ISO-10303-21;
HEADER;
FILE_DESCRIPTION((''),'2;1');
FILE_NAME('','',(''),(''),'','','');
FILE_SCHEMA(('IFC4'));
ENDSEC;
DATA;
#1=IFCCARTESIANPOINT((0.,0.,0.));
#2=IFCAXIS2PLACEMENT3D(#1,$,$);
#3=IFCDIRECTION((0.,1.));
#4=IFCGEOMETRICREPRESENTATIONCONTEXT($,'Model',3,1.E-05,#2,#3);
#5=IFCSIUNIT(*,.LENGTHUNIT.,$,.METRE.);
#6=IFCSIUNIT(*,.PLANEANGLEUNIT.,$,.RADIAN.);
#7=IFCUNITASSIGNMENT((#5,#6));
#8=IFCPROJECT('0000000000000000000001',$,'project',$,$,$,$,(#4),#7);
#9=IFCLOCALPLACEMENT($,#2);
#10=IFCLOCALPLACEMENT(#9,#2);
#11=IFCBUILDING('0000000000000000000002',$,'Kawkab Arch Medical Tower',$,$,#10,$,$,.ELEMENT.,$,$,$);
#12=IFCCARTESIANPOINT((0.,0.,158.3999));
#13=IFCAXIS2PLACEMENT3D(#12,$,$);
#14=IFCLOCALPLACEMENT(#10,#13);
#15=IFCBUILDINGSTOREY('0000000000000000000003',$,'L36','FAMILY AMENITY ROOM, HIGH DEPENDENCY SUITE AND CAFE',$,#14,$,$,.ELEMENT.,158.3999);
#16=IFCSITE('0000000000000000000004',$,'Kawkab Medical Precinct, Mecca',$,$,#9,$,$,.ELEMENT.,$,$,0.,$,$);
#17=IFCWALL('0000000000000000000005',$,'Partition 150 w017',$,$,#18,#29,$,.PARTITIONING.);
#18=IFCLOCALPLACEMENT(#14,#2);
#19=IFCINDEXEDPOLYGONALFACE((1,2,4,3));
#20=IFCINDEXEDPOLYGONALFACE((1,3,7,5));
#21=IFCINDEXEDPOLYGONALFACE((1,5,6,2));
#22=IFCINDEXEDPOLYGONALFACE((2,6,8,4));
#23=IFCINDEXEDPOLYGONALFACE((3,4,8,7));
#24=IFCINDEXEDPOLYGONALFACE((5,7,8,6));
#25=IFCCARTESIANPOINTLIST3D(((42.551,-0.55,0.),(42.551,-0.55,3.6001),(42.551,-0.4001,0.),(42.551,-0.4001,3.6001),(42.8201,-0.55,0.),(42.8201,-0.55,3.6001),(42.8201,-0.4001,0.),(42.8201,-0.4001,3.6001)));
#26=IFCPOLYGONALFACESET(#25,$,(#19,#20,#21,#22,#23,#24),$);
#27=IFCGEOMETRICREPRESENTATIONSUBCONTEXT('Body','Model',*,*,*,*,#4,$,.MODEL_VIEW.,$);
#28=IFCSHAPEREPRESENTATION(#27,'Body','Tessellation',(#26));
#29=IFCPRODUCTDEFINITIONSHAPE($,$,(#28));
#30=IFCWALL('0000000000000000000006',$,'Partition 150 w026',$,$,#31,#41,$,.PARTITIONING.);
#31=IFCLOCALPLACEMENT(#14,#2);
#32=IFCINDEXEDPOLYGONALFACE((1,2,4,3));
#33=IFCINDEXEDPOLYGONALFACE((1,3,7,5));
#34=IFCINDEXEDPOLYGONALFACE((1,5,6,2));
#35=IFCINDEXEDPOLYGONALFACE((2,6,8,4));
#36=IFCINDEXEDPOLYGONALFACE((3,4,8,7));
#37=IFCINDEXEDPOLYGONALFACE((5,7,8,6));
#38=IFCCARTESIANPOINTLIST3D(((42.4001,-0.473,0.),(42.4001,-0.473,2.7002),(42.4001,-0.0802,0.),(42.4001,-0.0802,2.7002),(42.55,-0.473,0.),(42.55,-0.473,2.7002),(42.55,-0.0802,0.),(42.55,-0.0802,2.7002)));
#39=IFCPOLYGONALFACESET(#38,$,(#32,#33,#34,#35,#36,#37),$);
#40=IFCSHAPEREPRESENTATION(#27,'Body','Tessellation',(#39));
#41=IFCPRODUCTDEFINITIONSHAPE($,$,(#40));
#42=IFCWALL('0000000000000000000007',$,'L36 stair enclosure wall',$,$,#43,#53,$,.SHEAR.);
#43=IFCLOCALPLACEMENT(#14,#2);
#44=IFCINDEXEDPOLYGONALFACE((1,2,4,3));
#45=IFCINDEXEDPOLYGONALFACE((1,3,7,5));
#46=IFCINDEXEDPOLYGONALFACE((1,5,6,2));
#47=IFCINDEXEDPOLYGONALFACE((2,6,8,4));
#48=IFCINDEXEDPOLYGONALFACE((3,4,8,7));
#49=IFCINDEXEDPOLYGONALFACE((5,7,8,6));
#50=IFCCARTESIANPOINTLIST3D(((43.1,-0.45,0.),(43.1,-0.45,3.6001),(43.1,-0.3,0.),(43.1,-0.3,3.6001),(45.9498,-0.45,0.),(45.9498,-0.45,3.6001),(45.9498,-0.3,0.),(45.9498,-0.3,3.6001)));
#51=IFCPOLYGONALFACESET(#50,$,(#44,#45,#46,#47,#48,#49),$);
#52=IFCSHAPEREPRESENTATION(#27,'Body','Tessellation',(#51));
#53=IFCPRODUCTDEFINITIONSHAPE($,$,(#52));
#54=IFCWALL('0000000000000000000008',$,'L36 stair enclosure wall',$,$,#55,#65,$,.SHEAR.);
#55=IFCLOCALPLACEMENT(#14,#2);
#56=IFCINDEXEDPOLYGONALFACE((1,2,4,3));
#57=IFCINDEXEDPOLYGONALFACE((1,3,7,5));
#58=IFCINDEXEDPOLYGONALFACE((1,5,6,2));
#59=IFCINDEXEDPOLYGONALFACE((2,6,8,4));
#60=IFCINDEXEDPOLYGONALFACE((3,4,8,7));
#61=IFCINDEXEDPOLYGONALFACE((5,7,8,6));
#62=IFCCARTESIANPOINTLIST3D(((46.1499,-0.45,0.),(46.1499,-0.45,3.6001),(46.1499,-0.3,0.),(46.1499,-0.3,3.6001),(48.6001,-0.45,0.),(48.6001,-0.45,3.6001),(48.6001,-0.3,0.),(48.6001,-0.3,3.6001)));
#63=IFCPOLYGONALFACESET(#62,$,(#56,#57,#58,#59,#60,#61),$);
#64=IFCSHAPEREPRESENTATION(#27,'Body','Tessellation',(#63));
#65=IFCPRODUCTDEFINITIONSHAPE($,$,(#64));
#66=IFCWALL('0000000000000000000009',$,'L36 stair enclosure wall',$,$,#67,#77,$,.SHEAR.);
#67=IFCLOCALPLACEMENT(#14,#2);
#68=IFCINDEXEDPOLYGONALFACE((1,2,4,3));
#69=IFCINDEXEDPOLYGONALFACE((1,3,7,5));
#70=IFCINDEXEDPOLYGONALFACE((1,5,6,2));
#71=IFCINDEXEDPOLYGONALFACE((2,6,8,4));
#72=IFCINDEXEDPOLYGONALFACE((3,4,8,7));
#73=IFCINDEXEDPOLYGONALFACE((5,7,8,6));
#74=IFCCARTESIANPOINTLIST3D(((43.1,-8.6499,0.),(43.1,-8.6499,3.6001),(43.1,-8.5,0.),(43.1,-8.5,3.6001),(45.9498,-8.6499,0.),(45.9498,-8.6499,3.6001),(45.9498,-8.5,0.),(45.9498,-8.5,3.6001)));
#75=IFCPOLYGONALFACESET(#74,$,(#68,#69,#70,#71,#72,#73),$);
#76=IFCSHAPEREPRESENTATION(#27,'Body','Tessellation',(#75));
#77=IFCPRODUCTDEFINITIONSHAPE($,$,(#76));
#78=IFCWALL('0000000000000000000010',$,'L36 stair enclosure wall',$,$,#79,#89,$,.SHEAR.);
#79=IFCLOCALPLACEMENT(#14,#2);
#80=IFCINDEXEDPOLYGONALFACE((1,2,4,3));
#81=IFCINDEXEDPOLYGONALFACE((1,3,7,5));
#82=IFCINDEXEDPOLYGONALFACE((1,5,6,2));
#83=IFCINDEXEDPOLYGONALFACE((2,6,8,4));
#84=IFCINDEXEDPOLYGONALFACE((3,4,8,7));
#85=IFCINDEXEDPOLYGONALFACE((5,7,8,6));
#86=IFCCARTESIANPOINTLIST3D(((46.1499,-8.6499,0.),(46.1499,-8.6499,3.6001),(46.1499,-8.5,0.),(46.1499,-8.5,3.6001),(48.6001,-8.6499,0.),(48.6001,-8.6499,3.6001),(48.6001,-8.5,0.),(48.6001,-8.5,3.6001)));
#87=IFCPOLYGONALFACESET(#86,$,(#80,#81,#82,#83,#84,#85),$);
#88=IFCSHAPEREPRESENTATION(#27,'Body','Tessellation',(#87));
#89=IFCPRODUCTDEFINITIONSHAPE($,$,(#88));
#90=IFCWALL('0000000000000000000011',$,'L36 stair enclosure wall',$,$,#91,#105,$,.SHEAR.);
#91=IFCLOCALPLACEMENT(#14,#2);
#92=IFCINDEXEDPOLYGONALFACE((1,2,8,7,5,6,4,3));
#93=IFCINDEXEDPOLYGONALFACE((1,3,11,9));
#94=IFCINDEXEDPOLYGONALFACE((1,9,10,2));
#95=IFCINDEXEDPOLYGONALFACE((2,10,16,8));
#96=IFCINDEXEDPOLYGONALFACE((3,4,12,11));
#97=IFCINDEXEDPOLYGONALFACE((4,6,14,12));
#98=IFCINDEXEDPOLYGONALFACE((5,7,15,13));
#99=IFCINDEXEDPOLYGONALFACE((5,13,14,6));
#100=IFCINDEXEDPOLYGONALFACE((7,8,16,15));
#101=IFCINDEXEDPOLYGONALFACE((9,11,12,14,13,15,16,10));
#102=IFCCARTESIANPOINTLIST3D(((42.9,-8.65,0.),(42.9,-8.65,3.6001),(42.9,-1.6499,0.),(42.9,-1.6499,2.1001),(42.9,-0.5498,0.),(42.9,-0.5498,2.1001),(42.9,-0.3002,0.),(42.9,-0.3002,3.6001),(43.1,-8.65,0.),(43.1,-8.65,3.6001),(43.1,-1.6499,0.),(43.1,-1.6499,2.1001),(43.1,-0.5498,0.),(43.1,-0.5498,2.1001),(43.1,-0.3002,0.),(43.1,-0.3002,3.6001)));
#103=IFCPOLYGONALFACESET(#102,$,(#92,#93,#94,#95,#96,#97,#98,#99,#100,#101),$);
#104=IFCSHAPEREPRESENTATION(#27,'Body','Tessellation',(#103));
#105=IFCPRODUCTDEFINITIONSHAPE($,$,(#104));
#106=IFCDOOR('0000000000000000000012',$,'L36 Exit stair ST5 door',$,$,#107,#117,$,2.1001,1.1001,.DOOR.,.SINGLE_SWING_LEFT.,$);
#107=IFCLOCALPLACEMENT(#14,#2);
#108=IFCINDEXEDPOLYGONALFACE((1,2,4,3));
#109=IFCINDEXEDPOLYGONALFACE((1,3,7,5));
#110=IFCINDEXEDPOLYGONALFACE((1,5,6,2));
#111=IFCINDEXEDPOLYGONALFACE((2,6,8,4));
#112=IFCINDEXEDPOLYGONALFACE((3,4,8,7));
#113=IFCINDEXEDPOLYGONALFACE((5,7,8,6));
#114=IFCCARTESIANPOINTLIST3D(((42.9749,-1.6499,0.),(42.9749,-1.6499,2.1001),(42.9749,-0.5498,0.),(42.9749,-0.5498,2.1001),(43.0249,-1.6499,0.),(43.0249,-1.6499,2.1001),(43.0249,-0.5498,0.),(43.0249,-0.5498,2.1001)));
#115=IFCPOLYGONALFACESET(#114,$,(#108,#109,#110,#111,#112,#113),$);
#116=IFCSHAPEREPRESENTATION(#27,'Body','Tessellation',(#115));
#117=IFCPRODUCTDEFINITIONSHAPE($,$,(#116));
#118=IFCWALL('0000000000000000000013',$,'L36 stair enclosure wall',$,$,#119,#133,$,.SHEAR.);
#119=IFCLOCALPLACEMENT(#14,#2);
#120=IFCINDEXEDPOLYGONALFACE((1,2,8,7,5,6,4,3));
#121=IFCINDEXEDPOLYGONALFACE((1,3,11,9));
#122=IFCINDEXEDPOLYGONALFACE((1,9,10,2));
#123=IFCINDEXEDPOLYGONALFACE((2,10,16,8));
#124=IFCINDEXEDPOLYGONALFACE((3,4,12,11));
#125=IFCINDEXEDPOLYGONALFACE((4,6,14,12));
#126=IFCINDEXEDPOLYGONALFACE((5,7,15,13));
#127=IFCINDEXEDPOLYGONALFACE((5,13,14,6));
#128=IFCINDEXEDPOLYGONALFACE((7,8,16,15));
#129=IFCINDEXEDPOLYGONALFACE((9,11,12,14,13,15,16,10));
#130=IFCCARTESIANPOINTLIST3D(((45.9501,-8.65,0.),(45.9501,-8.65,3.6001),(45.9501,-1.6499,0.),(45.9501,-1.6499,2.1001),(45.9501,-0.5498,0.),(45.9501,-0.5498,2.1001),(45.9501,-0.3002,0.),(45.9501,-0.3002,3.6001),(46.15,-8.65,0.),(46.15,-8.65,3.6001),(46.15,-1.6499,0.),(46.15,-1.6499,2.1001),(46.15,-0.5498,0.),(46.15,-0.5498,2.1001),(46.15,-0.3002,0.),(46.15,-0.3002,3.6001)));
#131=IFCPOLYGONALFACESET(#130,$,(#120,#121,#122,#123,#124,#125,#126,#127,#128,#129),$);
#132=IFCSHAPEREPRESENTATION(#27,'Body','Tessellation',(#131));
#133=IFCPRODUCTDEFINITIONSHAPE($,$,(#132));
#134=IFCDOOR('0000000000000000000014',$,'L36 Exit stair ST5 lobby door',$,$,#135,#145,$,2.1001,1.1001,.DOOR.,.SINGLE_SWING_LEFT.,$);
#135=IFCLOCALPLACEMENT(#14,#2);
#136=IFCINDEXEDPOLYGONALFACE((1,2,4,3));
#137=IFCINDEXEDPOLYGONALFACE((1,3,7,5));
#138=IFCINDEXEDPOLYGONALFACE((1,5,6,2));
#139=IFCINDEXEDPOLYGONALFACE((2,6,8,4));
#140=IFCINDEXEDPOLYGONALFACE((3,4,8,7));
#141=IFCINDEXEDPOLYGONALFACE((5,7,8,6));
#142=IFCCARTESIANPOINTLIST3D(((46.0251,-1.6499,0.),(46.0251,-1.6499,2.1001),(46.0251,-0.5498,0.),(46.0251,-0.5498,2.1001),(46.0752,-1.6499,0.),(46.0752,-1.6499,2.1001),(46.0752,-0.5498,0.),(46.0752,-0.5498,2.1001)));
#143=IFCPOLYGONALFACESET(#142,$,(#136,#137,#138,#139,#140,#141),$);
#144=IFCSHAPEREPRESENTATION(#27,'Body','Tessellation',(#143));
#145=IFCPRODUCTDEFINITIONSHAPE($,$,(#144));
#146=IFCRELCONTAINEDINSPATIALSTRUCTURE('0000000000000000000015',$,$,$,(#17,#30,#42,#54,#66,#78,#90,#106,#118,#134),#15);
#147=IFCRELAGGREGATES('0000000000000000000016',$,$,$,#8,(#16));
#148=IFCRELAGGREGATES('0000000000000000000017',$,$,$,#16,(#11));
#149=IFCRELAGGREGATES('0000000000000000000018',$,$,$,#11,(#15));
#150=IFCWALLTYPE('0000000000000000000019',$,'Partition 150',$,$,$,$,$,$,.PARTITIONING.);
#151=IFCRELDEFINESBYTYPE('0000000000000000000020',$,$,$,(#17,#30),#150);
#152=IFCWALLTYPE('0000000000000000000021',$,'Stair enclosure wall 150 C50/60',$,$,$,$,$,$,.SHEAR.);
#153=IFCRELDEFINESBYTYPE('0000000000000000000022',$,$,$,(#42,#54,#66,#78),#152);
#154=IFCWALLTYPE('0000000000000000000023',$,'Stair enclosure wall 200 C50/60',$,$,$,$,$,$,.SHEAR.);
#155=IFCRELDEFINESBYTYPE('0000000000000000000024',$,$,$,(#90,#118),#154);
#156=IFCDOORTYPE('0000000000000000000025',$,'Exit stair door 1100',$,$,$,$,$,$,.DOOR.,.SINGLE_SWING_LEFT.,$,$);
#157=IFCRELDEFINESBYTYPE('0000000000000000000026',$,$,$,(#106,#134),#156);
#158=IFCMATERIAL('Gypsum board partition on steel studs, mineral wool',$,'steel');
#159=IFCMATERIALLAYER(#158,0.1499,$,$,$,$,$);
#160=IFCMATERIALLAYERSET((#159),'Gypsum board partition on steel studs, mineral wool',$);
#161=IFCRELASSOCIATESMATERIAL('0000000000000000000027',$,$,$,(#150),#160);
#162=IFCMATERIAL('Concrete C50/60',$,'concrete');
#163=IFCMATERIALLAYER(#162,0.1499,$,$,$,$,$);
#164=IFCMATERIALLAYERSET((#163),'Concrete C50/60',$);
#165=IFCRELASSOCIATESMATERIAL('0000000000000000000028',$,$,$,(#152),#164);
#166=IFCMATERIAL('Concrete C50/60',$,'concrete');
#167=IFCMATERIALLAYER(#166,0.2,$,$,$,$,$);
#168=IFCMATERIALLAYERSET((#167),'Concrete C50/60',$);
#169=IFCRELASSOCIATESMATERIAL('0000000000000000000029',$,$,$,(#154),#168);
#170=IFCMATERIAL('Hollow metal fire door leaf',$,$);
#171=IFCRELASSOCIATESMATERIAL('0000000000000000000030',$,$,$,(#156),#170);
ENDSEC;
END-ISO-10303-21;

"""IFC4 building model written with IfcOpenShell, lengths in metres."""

from ifc_helpers import new_model, si_unit, direction, frame, frame_2d, origin, place, context, subcontext, project, spatial, rectangle, extrude, material, layer, layer_set, type_object, element, fill, save


model = new_model("IFC4")

# Units and contexts
model_context = context("Model", 3, precision=1e-05, world=origin(), true_north=direction((0.0, 1.0)))
body_context = subcontext(model_context, "Body", "Model", "MODEL_VIEW")
ifc_project = project(units=[si_unit("LENGTHUNIT", "METRE"), si_unit("PLANEANGLEUNIT", "RADIAN")], contexts=[model_context])

# Site, building, storey
site_placement = place(None, origin())
site = spatial("IfcSite", under=ifc_project, at=site_placement, Name="Kawkab Medical Precinct, Mecca", CompositionType="ELEMENT", RefElevation=0.0)
building_placement = place(site_placement, origin())
building = spatial("IfcBuilding", under=site, at=building_placement, Name="Kawkab Arch Medical Tower", CompositionType="ELEMENT")
storey_placement = place(building_placement, frame((0.0, 0.0, 158.3999)))
storey = spatial("IfcBuildingStorey", under=building, at=storey_placement, Name="L36", Description="FAMILY AMENITY ROOM, HIGH DEPENDENCY SUITE AND CAFE", CompositionType="ELEMENT", Elevation=158.3999)

# Walls
ifc_material_1 = material(Name="Gypsum board partition on steel studs, mineral wool", Category="steel")
ifc_layer_1 = layer(ifc_material_1, 0.1499)
ifc_layer_set_1 = layer_set([ifc_layer_1], Name="Gypsum board partition on steel studs, mineral wool")
wall_type_1 = type_object("IfcWallType", Name="Partition 150", PredefinedType="PARTITIONING", material=ifc_layer_set_1)
wall_1_placement = place(storey_placement, frame((42.551, -0.4751, 0.0), z_axis=(0.0, 0.0, 1.0), x_axis=(1.0, 0.0, 0.0)))
element("IfcWall", 1, at=wall_1_placement, inside=storey, type_object=wall_type_1, Name="Partition 150 w017", PredefinedType="PARTITIONING", context=body_context, shape_type="SweptSolid", body=[
    extrude(rectangle(XDim=0.269, YDim=0.1499, at=frame_2d((0.1345, 0.0))), origin(), (0.0, 0.0, 1.0), 3.6001),
])
wall_2_placement = place(storey_placement, frame((42.4751, -0.4729, 0.0), z_axis=(0.0, 0.0, 1.0), x_axis=(0.0, 1.0, 0.0)))
element("IfcWall", 2, at=wall_2_placement, inside=storey, type_object=wall_type_1, Name="Partition 150 w026", PredefinedType="PARTITIONING", context=body_context, shape_type="SweptSolid", body=[
    extrude(rectangle(XDim=0.3928, YDim=0.1499, at=frame_2d((0.1963, 0.0))), origin(), (0.0, 0.0, 1.0), 2.7002),
])
ifc_material_2 = material(Name="Concrete C50/60", Category="concrete")
ifc_layer_2 = layer(ifc_material_2, 0.1499)
ifc_layer_set_2 = layer_set([ifc_layer_2], Name="Concrete C50/60")
wall_type_2 = type_object("IfcWallType", Name="Stair enclosure wall 150 C50/60", PredefinedType="SHEAR", material=ifc_layer_set_2)
wall_3_placement = place(storey_placement, frame((43.1001, -0.375, 0.0), z_axis=(0.0, 0.0, 1.0), x_axis=(1.0, 0.0, 0.0)))
element("IfcWall", 3, at=wall_3_placement, inside=storey, type_object=wall_type_2, Name="L36 stair enclosure wall", PredefinedType="SHEAR", context=body_context, shape_type="SweptSolid", body=[
    extrude(rectangle(XDim=2.8499, YDim=0.1499, at=frame_2d((1.4248, 0.0))), origin(), (0.0, 0.0, 1.0), 3.6001),
])
wall_4_placement = place(storey_placement, frame((46.1499, -0.375, 0.0), z_axis=(0.0, 0.0, 1.0), x_axis=(1.0, 0.0, 0.0)))
element("IfcWall", 4, at=wall_4_placement, inside=storey, type_object=wall_type_2, Name="L36 stair enclosure wall", PredefinedType="SHEAR", context=body_context, shape_type="SweptSolid", body=[
    extrude(rectangle(XDim=2.4502, YDim=0.1499, at=frame_2d((1.2251, 0.0))), origin(), (0.0, 0.0, 1.0), 3.6001),
])
wall_5_placement = place(storey_placement, frame((43.1001, -8.575, 0.0), z_axis=(0.0, 0.0, 1.0), x_axis=(1.0, 0.0, 0.0)))
element("IfcWall", 5, at=wall_5_placement, inside=storey, type_object=wall_type_2, Name="L36 stair enclosure wall", PredefinedType="SHEAR", context=body_context, shape_type="SweptSolid", body=[
    extrude(rectangle(XDim=2.8499, YDim=0.1499, at=frame_2d((1.4248, 0.0))), origin(), (0.0, 0.0, 1.0), 3.6001),
])
wall_6_placement = place(storey_placement, frame((46.1499, -8.575, 0.0), z_axis=(0.0, 0.0, 1.0), x_axis=(1.0, 0.0, 0.0)))
element("IfcWall", 6, at=wall_6_placement, inside=storey, type_object=wall_type_2, Name="L36 stair enclosure wall", PredefinedType="SHEAR", context=body_context, shape_type="SweptSolid", body=[
    extrude(rectangle(XDim=2.4502, YDim=0.1499, at=frame_2d((1.2251, 0.0))), origin(), (0.0, 0.0, 1.0), 3.6001),
])

# Walls, openings, doors
ifc_material_3 = material(Name="Concrete C50/60", Category="concrete")
ifc_layer_3 = layer(ifc_material_3, 0.2)
ifc_layer_set_3 = layer_set([ifc_layer_3], Name="Concrete C50/60")
wall_type_3 = type_object("IfcWallType", Name="Stair enclosure wall 200 C50/60", PredefinedType="SHEAR", material=ifc_layer_set_3)
wall_7_placement = place(storey_placement, frame((43.0, -8.6499, 0.0), z_axis=(0.0, 0.0, 1.0), x_axis=(0.0, 1.0, 0.0)))
wall_7 = element("IfcWall", 7, at=wall_7_placement, inside=storey, type_object=wall_type_3, Name="L36 stair enclosure wall", PredefinedType="SHEAR", context=body_context, shape_type="SweptSolid", body=[
    extrude(rectangle(XDim=8.3499, YDim=0.2, at=frame_2d((4.1748, 0.0))), origin(), (0.0, 0.0, 1.0), 3.6001),
])
opening_1_placement = place(wall_7_placement, frame((7.0, 0.0, 0.0)))
opening_1 = element("IfcOpeningElement", 8, at=opening_1_placement, cuts=wall_7, PredefinedType="OPENING", context=body_context, shape_type="SweptSolid", body=[
    extrude(rectangle(XDim=1.1001, YDim=2.1001, at=frame_2d((0.55, 1.05))), frame((0.0, 0.1099, 0.0), z_axis=(0.0, -1.0, 0.0), x_axis=(1.0, 0.0, 0.0)), (0.0, 0.0, 1.0), 0.22),
])
ifc_material_4 = material(Name="Hollow metal fire door leaf")
door_type_1 = type_object("IfcDoorType", Name="Exit stair door 1100", OperationType="SINGLE_SWING_LEFT", PredefinedType="DOOR", material=ifc_material_4)
door_1_placement = place(opening_1_placement, frame((1.1001, 0.0, 0.0), z_axis=(0.0, 0.0, 1.0), x_axis=(-1.0, 0.0, 0.0)))
door_1 = element("IfcDoor", 9, at=door_1_placement, inside=storey, type_object=door_type_1, Name="L36 Exit stair ST5 door", OperationType="SINGLE_SWING_LEFT", OverallHeight=2.1001, OverallWidth=1.1001, PredefinedType="DOOR", context=body_context, shape_type="SweptSolid", body=[
    extrude(rectangle(XDim=1.1001, YDim=2.1001, at=frame_2d((0.55, 1.05))), frame((0.0, 0.0249, 0.0), z_axis=(0.0, -1.0, 0.0), x_axis=(1.0, 0.0, 0.0)), (0.0, 0.0, 1.0), 0.05),
])
fill(opening_1, door_1)
wall_8_placement = place(storey_placement, frame((46.05, -8.6499, 0.0), z_axis=(0.0, 0.0, 1.0), x_axis=(0.0, 1.0, 0.0)))
wall_8 = element("IfcWall", 10, at=wall_8_placement, inside=storey, type_object=wall_type_3, Name="L36 stair enclosure wall", PredefinedType="SHEAR", context=body_context, shape_type="SweptSolid", body=[
    extrude(rectangle(XDim=8.3499, YDim=0.2, at=frame_2d((4.1748, 0.0))), origin(), (0.0, 0.0, 1.0), 3.6001),
])
opening_2_placement = place(wall_8_placement, frame((7.0, 0.0, 0.0)))
opening_2 = element("IfcOpeningElement", 11, at=opening_2_placement, cuts=wall_8, PredefinedType="OPENING", context=body_context, shape_type="SweptSolid", body=[
    extrude(rectangle(XDim=1.1001, YDim=2.1001, at=frame_2d((0.55, 1.05))), frame((0.0, 0.1099, 0.0), z_axis=(0.0, -1.0, 0.0), x_axis=(1.0, 0.0, 0.0)), (0.0, 0.0, 1.0), 0.22),
])
door_2_placement = place(opening_2_placement, origin())
door_2 = element("IfcDoor", 12, at=door_2_placement, inside=storey, type_object=door_type_1, Name="L36 Exit stair ST5 lobby door", OperationType="SINGLE_SWING_LEFT", OverallHeight=2.1001, OverallWidth=1.1001, PredefinedType="DOOR", context=body_context, shape_type="SweptSolid", body=[
    extrude(rectangle(XDim=1.1001, YDim=2.1001, at=frame_2d((0.55, 1.05))), frame((0.0, 0.0249, 0.0), z_axis=(0.0, -1.0, 0.0), x_axis=(1.0, 0.0, 0.0)), (0.0, 0.0, 1.0), 0.05),
])
fill(opening_2, door_2)

save(model, "model.ifc")
